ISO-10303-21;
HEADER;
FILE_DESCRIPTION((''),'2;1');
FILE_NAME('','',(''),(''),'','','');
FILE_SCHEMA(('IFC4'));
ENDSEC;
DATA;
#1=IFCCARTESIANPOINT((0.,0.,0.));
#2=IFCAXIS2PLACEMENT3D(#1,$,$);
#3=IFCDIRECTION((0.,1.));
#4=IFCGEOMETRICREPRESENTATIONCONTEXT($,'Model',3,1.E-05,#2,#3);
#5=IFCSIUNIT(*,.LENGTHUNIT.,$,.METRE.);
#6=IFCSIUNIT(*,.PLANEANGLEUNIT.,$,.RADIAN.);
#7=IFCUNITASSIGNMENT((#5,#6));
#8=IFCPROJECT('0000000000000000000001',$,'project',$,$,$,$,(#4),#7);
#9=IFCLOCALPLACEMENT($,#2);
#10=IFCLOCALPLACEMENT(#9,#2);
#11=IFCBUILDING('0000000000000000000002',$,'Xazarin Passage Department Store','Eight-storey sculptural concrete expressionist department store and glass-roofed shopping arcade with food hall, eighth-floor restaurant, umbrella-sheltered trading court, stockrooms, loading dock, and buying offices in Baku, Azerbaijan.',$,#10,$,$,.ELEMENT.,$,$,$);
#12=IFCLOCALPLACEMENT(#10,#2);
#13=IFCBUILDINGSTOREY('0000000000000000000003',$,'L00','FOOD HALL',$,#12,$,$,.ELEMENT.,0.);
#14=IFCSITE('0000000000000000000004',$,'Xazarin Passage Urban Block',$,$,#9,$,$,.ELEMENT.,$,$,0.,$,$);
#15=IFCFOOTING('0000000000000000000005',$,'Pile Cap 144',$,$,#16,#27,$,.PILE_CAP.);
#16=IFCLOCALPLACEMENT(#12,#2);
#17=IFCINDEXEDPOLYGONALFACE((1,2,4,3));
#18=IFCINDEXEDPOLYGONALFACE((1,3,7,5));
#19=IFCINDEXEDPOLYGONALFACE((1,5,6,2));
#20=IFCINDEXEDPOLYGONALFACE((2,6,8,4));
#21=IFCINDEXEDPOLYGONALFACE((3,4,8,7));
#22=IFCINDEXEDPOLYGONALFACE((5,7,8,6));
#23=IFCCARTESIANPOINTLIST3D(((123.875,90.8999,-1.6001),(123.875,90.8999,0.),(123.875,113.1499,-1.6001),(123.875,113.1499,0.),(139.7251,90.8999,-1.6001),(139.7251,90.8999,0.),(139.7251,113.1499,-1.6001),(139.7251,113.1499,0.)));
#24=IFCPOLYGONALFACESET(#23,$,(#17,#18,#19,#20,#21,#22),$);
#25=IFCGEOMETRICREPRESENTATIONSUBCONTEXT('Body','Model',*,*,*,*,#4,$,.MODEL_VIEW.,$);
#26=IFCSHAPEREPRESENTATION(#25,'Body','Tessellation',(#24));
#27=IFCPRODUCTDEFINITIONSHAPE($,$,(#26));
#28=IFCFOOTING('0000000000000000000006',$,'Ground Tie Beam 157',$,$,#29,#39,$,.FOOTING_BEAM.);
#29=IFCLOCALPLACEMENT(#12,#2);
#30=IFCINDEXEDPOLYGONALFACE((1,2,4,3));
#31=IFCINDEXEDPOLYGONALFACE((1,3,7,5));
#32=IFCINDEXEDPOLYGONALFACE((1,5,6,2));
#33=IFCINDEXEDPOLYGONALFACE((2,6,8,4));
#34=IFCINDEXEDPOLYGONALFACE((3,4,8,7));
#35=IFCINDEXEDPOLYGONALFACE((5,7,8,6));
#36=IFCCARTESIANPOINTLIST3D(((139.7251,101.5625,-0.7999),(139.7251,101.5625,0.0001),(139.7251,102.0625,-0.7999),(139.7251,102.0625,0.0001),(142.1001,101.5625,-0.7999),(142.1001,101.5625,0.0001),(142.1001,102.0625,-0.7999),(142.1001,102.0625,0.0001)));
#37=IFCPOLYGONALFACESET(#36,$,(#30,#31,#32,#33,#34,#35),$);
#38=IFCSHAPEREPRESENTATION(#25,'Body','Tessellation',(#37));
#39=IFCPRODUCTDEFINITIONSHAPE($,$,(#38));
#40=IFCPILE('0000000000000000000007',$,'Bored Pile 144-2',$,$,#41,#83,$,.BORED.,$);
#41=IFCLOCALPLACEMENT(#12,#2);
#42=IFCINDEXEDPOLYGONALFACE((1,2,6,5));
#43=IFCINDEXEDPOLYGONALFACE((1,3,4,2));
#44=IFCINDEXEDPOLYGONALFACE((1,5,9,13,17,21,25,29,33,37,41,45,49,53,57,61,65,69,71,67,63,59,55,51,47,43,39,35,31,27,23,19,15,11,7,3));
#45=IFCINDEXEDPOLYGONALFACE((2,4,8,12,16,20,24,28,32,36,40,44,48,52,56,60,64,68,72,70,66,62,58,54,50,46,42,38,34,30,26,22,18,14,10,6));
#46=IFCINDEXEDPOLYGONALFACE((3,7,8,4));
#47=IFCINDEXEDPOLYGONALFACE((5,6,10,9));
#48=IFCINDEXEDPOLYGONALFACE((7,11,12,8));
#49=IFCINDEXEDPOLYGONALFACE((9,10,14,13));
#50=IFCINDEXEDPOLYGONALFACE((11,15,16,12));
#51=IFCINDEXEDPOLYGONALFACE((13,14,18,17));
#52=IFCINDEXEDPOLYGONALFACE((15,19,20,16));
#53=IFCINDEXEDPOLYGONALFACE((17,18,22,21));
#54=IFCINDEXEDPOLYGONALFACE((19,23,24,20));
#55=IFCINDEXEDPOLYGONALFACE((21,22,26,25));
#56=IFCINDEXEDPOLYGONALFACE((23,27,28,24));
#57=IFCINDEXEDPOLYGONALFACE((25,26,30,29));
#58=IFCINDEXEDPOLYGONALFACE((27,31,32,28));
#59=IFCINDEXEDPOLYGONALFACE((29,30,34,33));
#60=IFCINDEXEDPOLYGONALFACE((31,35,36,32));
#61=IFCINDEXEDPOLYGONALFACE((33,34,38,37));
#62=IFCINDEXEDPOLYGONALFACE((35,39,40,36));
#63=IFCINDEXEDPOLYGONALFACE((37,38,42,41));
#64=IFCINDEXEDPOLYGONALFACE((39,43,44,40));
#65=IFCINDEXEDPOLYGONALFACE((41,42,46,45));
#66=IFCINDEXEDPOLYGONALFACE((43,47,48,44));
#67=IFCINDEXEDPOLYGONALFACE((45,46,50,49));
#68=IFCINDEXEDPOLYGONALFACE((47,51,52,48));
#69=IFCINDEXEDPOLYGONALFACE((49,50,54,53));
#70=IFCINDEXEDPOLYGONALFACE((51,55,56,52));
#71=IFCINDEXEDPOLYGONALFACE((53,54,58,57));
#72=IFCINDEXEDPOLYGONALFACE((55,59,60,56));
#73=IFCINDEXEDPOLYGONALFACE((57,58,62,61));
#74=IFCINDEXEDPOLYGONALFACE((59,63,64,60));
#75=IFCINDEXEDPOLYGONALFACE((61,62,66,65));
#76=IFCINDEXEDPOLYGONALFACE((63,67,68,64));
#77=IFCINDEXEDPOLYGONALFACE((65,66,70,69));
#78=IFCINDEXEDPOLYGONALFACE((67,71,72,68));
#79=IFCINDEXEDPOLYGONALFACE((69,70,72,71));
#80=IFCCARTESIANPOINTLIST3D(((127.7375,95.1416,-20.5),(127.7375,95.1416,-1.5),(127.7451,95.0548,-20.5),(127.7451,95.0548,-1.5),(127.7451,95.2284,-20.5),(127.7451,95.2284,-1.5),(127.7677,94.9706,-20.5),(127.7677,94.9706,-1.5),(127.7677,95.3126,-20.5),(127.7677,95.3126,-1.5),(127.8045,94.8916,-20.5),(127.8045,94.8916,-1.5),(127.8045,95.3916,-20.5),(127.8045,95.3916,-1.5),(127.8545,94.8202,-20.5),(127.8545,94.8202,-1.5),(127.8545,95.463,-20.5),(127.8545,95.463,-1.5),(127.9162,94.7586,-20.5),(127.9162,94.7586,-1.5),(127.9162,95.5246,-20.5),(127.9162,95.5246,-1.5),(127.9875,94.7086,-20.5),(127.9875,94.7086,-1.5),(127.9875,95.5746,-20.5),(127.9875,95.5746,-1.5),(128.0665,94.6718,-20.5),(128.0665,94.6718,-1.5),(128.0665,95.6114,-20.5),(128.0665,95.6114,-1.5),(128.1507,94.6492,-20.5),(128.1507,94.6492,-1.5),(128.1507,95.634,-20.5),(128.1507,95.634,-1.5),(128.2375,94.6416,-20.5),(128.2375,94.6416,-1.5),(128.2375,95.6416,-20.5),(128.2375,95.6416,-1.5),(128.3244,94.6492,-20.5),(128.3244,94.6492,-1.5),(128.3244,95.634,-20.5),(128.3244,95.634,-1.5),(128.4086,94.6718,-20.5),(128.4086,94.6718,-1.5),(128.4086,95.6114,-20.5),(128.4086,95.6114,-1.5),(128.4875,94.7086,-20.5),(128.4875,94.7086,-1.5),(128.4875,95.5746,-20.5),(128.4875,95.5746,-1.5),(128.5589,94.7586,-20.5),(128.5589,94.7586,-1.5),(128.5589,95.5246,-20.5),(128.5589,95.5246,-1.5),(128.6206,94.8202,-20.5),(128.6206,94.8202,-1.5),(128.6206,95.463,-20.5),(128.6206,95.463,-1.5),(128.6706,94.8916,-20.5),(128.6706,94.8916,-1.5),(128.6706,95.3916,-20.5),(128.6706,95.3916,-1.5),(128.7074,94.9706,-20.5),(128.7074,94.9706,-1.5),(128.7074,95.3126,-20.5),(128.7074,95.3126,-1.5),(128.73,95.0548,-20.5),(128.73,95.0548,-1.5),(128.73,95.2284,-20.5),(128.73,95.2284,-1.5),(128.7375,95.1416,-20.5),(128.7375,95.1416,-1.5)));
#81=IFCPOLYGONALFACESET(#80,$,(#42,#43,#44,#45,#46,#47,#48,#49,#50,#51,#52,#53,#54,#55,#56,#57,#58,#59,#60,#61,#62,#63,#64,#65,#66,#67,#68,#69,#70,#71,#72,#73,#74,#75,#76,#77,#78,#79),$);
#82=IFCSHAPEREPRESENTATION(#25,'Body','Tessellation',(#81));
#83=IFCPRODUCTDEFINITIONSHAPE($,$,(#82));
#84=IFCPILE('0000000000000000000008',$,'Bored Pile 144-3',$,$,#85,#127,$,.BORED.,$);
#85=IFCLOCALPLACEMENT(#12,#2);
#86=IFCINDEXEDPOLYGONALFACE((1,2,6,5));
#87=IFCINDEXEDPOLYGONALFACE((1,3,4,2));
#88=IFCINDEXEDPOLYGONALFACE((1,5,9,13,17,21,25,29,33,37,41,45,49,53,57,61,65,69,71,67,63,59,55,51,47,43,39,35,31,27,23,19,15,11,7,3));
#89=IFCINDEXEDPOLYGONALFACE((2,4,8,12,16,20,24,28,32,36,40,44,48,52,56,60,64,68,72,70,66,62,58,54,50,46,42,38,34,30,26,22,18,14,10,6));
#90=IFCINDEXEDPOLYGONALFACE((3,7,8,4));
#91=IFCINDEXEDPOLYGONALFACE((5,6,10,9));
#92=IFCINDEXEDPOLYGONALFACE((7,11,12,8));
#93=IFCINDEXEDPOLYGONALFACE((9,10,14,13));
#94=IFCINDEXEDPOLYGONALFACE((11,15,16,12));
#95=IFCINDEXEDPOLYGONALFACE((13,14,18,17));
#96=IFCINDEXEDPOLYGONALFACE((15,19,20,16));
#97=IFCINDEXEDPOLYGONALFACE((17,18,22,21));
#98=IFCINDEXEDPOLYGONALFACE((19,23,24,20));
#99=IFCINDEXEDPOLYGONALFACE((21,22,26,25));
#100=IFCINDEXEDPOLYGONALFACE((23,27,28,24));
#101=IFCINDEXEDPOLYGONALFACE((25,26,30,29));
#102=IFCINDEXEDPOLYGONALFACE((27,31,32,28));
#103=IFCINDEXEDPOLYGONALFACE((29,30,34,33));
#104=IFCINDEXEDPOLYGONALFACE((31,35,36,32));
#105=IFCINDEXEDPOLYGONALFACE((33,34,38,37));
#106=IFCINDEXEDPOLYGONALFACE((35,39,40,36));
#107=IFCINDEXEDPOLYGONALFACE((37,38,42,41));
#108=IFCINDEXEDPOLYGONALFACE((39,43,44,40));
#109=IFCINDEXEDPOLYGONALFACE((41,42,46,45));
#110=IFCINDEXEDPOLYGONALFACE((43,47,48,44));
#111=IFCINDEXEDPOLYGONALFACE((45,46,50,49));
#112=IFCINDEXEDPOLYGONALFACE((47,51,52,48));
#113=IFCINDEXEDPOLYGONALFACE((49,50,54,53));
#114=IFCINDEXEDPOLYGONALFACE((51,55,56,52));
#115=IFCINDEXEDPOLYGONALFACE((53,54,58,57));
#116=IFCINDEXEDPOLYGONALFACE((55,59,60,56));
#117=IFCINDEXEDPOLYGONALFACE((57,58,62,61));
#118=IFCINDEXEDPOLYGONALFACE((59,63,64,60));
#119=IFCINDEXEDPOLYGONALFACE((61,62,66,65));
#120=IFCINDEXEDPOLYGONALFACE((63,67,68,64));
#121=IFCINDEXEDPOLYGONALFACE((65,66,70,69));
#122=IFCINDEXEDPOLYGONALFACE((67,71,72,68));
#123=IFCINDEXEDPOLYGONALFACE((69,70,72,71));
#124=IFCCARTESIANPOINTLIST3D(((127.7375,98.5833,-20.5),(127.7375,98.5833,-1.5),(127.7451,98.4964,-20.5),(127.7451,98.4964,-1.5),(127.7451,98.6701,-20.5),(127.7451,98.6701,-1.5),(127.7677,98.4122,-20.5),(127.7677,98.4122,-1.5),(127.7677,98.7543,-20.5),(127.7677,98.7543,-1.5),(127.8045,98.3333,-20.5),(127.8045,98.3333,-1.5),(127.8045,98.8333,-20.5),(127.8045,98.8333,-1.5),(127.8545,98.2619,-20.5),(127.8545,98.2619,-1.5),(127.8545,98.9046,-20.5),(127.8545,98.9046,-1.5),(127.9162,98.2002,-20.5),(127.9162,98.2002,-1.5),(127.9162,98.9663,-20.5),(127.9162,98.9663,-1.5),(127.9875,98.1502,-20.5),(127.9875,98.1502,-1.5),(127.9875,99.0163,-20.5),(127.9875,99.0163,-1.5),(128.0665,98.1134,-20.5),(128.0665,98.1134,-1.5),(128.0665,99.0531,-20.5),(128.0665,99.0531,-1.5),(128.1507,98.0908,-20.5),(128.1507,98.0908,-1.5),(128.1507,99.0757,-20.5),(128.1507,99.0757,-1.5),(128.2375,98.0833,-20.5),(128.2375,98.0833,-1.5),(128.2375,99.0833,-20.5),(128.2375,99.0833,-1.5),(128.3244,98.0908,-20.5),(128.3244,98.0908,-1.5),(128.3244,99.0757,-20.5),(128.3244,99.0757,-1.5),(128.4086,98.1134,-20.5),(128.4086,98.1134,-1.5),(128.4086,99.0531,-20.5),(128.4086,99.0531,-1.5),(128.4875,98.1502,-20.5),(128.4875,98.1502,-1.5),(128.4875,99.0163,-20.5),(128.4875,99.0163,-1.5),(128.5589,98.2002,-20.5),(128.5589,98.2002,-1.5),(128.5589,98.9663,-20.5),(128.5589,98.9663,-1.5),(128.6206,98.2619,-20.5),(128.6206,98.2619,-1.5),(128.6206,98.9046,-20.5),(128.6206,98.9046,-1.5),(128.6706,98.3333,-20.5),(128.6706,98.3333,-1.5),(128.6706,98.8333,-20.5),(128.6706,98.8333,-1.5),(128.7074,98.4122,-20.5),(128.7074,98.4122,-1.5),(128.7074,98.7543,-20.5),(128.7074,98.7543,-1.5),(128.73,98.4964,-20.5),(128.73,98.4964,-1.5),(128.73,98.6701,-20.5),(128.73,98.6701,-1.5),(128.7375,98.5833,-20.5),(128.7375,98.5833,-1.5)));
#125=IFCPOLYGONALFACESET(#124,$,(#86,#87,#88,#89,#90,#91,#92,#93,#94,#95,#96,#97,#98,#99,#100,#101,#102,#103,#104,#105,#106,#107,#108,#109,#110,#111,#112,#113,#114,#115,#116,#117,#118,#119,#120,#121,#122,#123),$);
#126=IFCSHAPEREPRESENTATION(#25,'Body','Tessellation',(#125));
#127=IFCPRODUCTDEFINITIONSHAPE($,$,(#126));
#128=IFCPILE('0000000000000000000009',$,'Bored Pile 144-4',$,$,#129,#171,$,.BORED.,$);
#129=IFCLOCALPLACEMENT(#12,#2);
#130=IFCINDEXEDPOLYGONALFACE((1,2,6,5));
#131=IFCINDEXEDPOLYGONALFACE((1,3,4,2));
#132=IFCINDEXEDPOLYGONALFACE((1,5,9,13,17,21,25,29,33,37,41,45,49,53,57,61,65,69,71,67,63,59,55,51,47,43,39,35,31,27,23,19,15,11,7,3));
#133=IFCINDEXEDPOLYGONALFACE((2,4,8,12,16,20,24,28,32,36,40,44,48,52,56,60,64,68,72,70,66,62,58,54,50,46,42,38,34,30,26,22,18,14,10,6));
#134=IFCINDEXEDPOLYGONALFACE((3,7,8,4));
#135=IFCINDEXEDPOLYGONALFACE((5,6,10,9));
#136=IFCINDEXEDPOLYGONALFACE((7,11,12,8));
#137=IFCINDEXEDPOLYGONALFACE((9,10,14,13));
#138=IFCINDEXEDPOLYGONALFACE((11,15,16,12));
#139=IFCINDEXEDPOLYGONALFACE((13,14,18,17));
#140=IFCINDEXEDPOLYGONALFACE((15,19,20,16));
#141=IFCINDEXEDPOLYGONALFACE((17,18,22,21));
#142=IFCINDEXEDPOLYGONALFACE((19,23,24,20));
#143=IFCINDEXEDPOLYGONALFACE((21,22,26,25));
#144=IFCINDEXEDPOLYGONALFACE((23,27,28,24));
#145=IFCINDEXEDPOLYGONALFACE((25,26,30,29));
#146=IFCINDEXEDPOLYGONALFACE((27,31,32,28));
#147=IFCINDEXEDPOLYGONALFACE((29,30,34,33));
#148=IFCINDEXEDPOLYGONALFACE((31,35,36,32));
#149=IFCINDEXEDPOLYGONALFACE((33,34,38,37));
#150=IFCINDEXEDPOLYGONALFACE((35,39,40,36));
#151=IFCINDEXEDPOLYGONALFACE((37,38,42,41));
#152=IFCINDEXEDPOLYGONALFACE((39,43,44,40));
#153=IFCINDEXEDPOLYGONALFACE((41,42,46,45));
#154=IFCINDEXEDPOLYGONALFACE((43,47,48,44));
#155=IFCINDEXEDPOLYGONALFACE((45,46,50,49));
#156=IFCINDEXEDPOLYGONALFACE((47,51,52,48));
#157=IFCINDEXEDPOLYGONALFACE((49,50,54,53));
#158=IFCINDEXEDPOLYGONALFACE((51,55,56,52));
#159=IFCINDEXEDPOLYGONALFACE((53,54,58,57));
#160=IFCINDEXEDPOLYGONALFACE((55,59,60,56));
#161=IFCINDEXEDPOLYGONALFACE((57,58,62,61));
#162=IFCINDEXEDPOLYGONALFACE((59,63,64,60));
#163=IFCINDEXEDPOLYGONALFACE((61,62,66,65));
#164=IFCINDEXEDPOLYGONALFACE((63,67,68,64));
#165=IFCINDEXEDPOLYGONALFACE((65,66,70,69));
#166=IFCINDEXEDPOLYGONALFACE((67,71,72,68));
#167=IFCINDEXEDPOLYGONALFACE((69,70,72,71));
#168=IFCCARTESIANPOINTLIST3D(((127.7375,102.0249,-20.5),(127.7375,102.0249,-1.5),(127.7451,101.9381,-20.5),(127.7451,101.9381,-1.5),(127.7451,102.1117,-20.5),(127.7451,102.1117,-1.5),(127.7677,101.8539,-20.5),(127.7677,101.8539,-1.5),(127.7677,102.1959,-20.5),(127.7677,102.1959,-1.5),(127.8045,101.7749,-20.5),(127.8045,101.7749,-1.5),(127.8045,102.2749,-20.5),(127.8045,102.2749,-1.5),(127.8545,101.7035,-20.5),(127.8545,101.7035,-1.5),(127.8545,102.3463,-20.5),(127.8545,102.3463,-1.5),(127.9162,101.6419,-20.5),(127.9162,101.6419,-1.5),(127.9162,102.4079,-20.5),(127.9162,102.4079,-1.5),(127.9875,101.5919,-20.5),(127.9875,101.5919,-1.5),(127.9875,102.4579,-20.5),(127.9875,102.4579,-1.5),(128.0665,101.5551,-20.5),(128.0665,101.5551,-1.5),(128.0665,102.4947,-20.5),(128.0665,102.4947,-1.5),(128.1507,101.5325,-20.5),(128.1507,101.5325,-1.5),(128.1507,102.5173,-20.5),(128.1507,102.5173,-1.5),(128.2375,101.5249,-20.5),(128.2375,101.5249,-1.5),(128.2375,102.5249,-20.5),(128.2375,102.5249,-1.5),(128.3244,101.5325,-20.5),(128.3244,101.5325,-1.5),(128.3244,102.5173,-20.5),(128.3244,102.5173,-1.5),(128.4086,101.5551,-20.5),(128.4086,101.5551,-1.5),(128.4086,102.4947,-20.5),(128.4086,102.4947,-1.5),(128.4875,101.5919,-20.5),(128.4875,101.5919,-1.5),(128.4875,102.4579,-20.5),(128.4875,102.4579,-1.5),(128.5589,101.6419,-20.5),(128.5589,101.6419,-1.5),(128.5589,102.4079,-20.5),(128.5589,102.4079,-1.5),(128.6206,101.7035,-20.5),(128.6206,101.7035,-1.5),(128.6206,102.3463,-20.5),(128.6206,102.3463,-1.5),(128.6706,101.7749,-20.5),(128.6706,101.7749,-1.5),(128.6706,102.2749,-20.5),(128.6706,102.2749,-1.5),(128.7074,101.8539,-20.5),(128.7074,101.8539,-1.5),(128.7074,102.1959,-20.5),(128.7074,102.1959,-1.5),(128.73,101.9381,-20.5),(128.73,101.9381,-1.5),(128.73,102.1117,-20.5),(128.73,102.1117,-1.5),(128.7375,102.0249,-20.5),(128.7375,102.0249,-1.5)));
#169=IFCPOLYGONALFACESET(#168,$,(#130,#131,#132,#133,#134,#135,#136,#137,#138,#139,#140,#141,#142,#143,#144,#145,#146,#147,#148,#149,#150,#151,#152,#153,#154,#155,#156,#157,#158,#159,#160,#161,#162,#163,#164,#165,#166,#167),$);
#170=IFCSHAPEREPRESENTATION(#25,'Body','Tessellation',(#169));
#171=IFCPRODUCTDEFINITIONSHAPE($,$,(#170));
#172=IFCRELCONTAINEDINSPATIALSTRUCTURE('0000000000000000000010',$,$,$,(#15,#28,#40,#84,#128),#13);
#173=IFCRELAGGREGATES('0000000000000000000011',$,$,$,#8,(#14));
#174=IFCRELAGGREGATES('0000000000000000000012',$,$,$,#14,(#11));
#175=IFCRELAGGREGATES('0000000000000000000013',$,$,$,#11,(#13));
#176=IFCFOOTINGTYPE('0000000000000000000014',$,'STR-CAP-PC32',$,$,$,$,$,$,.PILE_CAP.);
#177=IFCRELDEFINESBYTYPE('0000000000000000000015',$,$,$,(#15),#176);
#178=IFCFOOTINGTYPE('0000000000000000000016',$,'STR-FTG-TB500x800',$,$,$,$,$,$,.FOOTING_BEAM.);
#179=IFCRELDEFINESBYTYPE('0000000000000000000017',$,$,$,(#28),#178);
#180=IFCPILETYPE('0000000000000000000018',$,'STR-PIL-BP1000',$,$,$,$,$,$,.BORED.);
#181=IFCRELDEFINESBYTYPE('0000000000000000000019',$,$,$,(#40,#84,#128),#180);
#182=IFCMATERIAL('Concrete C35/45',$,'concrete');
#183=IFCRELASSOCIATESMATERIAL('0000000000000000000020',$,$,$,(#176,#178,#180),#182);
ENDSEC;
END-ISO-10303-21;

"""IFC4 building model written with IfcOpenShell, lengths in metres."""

from ifc_helpers import new_model, si_unit, direction, frame, origin, origin_2d, place, context, subcontext, project, spatial, rectangle, circle, extrude, material, material_profile, profile_set, type_object, element, save


model = new_model("IFC4")

# Units and contexts
model_context = context("Model", 3, precision=1e-05, world=origin(), true_north=direction((0.0, 1.0)))
body_context = subcontext(model_context, "Body", "Model", "MODEL_VIEW")
ifc_project = project(units=[si_unit("LENGTHUNIT", "METRE"), si_unit("PLANEANGLEUNIT", "RADIAN")], contexts=[model_context])

# Site, building, storey
site_placement = place(None, origin())
site = spatial("IfcSite", under=ifc_project, at=site_placement, Name="Xazarin Passage Urban Block", CompositionType="ELEMENT", RefElevation=0.0)
building_placement = place(site_placement, origin())
building = spatial("IfcBuilding", under=site, at=building_placement, Name="Xazarin Passage Department Store", Description="Eight-storey sculptural concrete expressionist department store and glass-roofed shopping arcade with food hall, eighth-floor restaurant, umbrella-sheltered trading court, stockrooms, loading dock, and buying offices in Baku, Azerbaijan.", CompositionType="ELEMENT")
storey_placement = place(building_placement, origin())
storey = spatial("IfcBuildingStorey", under=building, at=storey_placement, Name="L00", Description="FOOD HALL", CompositionType="ELEMENT", Elevation=0.0)

# Footings
ifc_material_1 = material(Name="Concrete C35/45", Category="concrete")
footing_type_1 = type_object("IfcFootingType", Name="STR-CAP-PC32", PredefinedType="PILE_CAP", material=ifc_material_1)
footing_1_placement = place(storey_placement, frame((131.8, 102.0249, -1.6001), z_axis=(0.0, 0.0, 1.0), x_axis=(0.0, 1.0, 0.0)))
element("IfcFooting", 1, at=footing_1_placement, inside=storey, type_object=footing_type_1, Name="Pile Cap 144", PredefinedType="PILE_CAP", context=body_context, shape_type="SweptSolid", body=[
    extrude(rectangle(XDim=22.25, YDim=15.8501, at=origin_2d()), origin(), (0.0, 0.0, 1.0), 1.6001),
])
ifc_material_profile_1 = material_profile(ifc_material_1, rectangle(XDim=0.5, YDim=0.8, at=origin_2d()), Name="RC 500x800")
ifc_profile_set_1 = profile_set([ifc_material_profile_1], Name="Concrete C35/45")
footing_type_2 = type_object("IfcFootingType", Name="STR-FTG-TB500x800", PredefinedType="FOOTING_BEAM", material=ifc_profile_set_1)
footing_2_placement = place(storey_placement, frame((139.7251, 101.8125, -0.3999), z_axis=(1.0, 0.0, 0.0), x_axis=(0.0, 1.0, 0.0)))
element("IfcFooting", 2, at=footing_2_placement, inside=storey, type_object=footing_type_2, Name="Ground Tie Beam 157", PredefinedType="FOOTING_BEAM", context=body_context, shape_type="SweptSolid", body=[
    extrude(rectangle(XDim=0.5, YDim=0.8, at=origin_2d()), origin(), (0.0, 0.0, 1.0), 2.375),
])

# Piles
ifc_material_profile_2 = material_profile(ifc_material_1, circle(Radius=0.5, at=origin_2d()), Name="BP 1000")
ifc_profile_set_2 = profile_set([ifc_material_profile_2], Name="Concrete C35/45")
pile_type_1 = type_object("IfcPileType", Name="STR-PIL-BP1000", PredefinedType="BORED", material=ifc_profile_set_2)
for number, where, z_axis, x_axis, name in (
    (3, (128.2375, 95.1416, -1.5), (0.0, 0.0, -1.0), (1.0, 0.0, 0.0), "Bored Pile 144-2"),
    (4, (128.2375, 98.5833, -1.5), (0.0, 0.0, -1.0), (1.0, 0.0, 0.0), "Bored Pile 144-3"),
    (5, (128.2375, 102.0249, -1.5), (0.0, 0.0, -1.0), (1.0, 0.0, 0.0), "Bored Pile 144-4"),
):
    element("IfcPile", number, at=place(storey_placement, frame(where, z_axis=z_axis, x_axis=x_axis)), inside=storey, type_object=pile_type_1, Name=name, PredefinedType="BORED", context=body_context, shape_type="SweptSolid", body=[
        extrude(circle(Radius=0.5, at=origin_2d()), origin(), (0.0, 0.0, 1.0), 19.0),
    ])

save(model, "model.ifc")
